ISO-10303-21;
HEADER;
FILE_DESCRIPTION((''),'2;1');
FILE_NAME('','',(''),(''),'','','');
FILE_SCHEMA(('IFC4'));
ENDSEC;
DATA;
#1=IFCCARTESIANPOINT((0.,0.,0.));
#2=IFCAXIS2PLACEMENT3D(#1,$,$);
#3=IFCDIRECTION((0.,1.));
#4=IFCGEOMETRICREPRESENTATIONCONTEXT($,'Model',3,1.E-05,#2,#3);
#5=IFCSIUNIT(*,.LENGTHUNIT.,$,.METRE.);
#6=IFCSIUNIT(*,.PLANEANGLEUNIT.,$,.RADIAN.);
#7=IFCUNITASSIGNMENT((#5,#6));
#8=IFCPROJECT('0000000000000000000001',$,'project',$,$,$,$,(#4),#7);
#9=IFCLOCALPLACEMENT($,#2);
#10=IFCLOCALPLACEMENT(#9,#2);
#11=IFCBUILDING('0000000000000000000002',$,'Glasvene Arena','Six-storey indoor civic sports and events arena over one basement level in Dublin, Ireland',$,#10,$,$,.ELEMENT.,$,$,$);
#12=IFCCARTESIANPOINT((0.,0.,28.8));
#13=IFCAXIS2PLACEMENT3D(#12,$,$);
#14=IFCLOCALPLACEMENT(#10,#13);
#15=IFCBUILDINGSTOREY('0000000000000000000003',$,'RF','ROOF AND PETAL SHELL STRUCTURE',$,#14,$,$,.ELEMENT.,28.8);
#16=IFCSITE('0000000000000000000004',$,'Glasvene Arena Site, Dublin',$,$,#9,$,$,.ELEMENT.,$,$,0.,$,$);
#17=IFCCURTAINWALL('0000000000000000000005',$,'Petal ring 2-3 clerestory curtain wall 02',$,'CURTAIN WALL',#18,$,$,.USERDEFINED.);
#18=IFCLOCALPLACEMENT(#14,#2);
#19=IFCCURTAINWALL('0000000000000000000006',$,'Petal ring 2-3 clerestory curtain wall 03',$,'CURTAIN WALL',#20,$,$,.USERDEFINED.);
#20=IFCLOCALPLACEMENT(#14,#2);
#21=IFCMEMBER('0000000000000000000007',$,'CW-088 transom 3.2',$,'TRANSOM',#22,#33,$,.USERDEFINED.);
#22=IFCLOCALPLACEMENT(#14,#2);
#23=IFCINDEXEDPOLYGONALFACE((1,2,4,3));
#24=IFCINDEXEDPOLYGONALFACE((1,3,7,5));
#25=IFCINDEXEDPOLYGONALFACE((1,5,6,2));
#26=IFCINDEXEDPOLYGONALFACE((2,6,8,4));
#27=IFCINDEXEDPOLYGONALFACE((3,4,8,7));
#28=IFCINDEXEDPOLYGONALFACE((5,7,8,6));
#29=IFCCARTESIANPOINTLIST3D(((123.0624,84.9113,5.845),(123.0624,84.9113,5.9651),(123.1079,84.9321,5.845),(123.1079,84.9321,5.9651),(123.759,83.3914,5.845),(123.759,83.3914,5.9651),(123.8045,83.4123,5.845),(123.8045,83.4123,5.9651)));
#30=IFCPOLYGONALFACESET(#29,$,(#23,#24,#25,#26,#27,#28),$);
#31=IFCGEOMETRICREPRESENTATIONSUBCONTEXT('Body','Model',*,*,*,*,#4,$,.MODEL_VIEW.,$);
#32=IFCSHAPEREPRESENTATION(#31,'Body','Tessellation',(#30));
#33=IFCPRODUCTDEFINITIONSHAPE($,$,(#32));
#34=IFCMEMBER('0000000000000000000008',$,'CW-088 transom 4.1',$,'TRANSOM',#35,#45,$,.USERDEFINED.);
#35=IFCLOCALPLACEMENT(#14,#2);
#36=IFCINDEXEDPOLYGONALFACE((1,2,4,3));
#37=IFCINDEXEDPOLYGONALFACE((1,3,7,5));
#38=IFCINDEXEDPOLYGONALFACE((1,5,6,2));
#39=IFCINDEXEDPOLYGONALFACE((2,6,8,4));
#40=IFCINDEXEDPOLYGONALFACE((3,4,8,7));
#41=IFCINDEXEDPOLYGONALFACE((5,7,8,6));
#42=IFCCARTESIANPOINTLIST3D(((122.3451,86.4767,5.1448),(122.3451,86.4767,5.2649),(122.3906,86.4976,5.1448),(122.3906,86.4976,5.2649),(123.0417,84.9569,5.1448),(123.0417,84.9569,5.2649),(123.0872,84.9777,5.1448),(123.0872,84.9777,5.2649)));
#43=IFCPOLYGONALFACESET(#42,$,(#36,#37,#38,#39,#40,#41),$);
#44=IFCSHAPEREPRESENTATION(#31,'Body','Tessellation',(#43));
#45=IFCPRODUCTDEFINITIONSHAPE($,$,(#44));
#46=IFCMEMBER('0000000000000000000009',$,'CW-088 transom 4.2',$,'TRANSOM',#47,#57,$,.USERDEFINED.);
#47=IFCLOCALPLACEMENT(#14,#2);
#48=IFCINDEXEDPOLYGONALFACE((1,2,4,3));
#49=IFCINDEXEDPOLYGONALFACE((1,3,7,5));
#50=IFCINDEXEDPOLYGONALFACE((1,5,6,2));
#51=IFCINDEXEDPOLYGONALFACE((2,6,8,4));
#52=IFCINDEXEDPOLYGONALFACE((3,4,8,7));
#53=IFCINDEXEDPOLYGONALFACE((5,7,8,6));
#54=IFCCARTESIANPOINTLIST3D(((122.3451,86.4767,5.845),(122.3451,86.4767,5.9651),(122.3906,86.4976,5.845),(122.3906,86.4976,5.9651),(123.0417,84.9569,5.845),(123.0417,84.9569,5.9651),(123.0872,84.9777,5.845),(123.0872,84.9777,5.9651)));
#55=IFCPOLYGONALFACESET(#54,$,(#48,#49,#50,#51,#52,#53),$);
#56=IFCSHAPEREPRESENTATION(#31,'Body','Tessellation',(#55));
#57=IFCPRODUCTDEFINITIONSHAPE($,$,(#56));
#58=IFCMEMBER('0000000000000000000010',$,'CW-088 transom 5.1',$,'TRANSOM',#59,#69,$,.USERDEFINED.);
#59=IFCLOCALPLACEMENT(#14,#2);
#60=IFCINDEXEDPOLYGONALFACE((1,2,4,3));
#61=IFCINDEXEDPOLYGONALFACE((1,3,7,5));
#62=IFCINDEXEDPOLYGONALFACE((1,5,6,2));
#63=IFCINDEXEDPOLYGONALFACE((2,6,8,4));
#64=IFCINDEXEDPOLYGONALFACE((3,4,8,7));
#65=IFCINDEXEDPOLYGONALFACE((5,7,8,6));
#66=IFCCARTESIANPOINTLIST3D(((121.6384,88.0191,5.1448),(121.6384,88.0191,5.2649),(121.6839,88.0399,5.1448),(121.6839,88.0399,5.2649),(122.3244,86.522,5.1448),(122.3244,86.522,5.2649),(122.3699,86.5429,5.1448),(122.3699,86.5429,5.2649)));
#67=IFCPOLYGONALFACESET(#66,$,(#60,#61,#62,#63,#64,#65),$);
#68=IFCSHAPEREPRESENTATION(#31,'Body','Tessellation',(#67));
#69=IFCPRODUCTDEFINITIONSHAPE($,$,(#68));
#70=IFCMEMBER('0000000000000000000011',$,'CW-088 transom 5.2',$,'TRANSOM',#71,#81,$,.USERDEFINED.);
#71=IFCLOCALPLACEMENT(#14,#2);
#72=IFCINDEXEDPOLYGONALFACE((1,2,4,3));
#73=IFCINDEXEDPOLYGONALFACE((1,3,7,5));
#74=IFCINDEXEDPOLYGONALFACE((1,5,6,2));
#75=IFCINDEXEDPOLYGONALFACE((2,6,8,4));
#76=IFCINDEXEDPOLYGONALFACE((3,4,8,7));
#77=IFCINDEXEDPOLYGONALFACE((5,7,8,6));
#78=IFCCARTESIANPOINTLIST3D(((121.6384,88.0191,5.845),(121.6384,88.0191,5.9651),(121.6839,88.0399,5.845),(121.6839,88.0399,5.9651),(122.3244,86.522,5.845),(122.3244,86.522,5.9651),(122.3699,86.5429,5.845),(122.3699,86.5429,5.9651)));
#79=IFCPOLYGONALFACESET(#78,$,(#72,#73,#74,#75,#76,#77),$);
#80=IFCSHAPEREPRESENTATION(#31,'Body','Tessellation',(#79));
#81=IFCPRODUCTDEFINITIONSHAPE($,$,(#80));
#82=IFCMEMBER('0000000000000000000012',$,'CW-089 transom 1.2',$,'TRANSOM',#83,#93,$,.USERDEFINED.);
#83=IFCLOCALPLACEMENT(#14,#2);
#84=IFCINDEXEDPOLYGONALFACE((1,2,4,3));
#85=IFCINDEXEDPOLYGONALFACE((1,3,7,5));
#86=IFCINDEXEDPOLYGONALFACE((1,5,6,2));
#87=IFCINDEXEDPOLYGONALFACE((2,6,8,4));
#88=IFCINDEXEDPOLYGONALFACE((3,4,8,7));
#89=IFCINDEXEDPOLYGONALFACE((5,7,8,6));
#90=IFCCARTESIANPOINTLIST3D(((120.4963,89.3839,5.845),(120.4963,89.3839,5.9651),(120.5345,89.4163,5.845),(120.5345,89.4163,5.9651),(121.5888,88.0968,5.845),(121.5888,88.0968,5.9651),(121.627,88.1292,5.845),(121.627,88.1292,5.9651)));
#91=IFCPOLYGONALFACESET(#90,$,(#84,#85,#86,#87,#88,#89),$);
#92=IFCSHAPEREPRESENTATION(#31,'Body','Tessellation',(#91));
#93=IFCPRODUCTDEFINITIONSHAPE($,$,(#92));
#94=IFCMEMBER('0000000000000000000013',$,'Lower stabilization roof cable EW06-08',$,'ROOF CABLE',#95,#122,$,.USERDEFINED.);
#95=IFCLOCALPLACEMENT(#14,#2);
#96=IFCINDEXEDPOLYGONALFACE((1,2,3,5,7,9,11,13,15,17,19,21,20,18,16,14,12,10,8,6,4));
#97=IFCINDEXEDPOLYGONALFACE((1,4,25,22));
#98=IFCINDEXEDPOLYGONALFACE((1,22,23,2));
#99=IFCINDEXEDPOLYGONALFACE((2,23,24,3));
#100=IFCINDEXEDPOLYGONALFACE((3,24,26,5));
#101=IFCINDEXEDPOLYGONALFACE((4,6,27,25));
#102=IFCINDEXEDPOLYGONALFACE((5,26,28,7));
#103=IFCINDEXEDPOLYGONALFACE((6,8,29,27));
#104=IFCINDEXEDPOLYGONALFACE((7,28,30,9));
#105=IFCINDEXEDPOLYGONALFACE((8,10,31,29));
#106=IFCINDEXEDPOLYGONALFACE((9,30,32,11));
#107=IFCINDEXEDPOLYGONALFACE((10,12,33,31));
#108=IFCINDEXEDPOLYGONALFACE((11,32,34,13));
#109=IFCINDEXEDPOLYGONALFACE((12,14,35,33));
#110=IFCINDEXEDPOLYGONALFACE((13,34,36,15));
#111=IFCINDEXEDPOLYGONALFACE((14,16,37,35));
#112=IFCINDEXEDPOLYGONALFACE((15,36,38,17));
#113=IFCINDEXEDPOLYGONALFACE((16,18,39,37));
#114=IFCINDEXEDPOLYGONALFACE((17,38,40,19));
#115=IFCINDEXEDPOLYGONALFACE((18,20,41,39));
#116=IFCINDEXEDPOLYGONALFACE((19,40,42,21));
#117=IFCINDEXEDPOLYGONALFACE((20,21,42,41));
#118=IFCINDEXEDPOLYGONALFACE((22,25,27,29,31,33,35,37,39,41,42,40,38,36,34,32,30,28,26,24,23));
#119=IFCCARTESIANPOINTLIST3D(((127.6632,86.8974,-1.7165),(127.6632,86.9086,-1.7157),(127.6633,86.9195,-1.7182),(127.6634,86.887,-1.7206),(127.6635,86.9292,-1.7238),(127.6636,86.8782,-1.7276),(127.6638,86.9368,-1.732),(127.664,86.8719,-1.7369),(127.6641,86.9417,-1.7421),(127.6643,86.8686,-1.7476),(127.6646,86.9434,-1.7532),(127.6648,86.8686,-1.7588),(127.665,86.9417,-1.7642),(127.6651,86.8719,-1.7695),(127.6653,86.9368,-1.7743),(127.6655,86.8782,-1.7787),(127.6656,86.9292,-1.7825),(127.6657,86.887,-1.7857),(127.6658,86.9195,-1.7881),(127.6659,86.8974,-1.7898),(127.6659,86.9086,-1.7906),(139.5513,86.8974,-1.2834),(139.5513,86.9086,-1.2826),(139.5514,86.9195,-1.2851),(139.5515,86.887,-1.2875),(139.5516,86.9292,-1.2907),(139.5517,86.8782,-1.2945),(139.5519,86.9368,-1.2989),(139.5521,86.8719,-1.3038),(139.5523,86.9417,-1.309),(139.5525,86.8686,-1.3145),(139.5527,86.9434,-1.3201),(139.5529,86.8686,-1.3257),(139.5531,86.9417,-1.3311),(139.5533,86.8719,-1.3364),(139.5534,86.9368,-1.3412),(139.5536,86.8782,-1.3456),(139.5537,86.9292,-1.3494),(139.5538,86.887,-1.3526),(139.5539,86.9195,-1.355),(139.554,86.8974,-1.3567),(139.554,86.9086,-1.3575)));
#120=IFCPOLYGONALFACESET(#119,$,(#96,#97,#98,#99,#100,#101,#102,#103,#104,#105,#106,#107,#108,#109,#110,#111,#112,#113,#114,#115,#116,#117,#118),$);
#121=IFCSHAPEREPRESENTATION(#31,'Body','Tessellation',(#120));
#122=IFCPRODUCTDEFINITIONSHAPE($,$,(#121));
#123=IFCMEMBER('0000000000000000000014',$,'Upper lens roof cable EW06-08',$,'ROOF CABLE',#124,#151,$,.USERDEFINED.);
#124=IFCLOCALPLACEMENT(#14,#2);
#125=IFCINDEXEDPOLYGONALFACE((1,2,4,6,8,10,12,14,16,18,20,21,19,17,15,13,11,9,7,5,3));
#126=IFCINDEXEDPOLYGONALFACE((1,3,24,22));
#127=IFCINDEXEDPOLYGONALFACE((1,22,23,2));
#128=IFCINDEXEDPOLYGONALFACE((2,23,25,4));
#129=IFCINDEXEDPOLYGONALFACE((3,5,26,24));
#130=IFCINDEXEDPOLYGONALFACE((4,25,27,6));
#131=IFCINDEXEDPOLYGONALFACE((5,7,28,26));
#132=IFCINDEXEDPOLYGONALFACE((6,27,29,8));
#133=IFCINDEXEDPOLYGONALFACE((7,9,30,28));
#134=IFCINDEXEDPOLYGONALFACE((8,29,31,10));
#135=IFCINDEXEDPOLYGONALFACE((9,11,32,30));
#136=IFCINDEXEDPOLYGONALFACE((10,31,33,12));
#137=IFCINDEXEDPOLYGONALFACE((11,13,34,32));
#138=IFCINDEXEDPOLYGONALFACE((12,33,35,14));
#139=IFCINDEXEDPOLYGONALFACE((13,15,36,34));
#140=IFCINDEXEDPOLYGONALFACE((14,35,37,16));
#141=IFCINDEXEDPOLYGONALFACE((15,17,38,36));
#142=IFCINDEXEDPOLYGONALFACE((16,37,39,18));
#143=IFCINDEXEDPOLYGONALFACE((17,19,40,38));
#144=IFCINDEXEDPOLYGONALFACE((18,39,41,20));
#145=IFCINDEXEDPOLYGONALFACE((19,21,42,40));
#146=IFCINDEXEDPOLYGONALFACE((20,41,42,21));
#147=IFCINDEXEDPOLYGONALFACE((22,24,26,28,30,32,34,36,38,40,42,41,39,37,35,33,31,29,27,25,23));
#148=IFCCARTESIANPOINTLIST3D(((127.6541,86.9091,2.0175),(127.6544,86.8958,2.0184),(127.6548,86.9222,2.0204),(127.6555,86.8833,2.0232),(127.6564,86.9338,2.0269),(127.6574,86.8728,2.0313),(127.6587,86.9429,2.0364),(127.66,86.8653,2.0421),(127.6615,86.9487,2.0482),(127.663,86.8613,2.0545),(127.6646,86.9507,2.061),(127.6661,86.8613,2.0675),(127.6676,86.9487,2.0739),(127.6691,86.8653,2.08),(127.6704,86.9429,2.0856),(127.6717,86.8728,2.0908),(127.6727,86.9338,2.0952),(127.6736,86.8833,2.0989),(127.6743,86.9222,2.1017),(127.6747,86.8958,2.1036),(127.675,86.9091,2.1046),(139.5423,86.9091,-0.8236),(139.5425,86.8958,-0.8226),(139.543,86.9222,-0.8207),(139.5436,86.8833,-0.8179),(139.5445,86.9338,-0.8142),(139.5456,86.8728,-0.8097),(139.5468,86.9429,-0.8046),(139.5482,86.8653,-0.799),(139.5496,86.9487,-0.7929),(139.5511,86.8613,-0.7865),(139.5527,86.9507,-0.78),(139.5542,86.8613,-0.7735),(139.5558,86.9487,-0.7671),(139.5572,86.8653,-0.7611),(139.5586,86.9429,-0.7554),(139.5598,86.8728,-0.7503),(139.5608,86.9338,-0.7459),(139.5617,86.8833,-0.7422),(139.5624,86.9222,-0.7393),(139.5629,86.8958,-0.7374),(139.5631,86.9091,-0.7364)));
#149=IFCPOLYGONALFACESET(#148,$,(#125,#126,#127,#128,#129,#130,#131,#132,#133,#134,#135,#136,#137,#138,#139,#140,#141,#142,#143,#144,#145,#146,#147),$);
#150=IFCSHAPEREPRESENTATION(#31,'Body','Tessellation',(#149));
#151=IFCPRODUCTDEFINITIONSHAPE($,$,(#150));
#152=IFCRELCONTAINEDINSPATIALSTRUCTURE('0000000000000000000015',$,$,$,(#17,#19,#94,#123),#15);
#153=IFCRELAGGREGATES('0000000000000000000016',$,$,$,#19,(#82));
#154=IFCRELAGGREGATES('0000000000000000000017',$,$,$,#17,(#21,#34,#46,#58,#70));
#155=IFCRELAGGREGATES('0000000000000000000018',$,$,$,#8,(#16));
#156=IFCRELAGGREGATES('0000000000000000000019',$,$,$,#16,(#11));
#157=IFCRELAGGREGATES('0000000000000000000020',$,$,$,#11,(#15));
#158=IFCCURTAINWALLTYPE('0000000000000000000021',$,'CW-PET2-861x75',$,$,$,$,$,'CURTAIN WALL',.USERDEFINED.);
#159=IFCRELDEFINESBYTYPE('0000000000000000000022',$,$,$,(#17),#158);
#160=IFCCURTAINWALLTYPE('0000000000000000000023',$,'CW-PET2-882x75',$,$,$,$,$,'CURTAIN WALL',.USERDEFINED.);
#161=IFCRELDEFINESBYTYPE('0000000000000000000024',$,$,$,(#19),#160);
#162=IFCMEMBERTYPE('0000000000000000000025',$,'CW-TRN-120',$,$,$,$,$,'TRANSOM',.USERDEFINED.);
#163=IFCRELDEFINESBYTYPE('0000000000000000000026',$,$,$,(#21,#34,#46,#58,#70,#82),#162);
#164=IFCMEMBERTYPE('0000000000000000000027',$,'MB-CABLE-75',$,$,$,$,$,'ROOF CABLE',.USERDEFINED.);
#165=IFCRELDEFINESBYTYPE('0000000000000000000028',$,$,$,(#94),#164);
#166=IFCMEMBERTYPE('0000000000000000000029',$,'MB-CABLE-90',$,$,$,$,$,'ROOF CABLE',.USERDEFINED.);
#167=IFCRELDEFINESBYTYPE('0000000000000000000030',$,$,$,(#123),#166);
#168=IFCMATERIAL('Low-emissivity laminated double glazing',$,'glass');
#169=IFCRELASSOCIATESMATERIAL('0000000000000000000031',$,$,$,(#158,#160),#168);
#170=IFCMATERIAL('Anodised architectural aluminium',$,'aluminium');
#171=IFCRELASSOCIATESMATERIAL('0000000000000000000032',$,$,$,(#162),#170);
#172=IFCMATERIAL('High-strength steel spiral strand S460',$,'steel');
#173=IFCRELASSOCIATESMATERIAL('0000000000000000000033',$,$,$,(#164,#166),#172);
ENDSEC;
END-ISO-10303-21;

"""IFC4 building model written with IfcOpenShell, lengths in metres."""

from ifc_helpers import new_model, si_unit, direction, frame, origin, origin_2d, place, context, subcontext, project, spatial, rectangle, circle, extrude, material, material_profile, profile_set, type_object, element, aggregate, save


model = new_model("IFC4")

# Units and contexts
model_context = context("Model", 3, precision=1e-05, world=origin(), true_north=direction((0.0, 1.0)))
body_context = subcontext(model_context, "Body", "Model", "MODEL_VIEW")
ifc_project = project(units=[si_unit("LENGTHUNIT", "METRE"), si_unit("PLANEANGLEUNIT", "RADIAN")], contexts=[model_context])

# Site, building, storey
site_placement = place(None, origin())
site = spatial("IfcSite", under=ifc_project, at=site_placement, Name="Glasvene Arena Site, Dublin", CompositionType="ELEMENT", RefElevation=0.0)
building_placement = place(site_placement, origin())
building = spatial("IfcBuilding", under=site, at=building_placement, Name="Glasvene Arena", Description="Six-storey indoor civic sports and events arena over one basement level in Dublin, Ireland", CompositionType="ELEMENT")
storey_placement = place(building_placement, frame((0.0, 0.0, 28.8)))
storey = spatial("IfcBuildingStorey", under=building, at=storey_placement, Name="RF", Description="ROOF AND PETAL SHELL STRUCTURE", CompositionType="ELEMENT", Elevation=28.8)

# Shared definitions
ifc_material_1 = material(Name="Low-emissivity laminated double glazing", Category="glass")
ifc_material_2 = material(Name="Anodised architectural aluminium", Category="aluminium")

# Curtain wall
curtain_wall_type_1 = type_object("IfcCurtainWallType", Name="CW-PET2-861x75", ElementType="CURTAIN WALL", PredefinedType="USERDEFINED", material=ifc_material_1)
curtain_wall_1_placement = place(storey_placement, frame((125.2268, 80.2488, 0.0)))
curtain_wall_1 = element("IfcCurtainWall", 1, at=curtain_wall_1_placement, inside=storey, type_object=curtain_wall_type_1, Name="Petal ring 2-3 clerestory curtain wall 02", ObjectType="CURTAIN WALL", PredefinedType="USERDEFINED")

# Curtain wall
curtain_wall_type_2 = type_object("IfcCurtainWallType", Name="CW-PET2-882x75", ElementType="CURTAIN WALL", PredefinedType="USERDEFINED", material=ifc_material_1)
curtain_wall_2_placement = place(storey_placement, frame((121.6404, 88.075, 0.0)))
curtain_wall_2 = element("IfcCurtainWall", 2, at=curtain_wall_2_placement, inside=storey, type_object=curtain_wall_type_2, Name="Petal ring 2-3 clerestory curtain wall 03", ObjectType="CURTAIN WALL", PredefinedType="USERDEFINED")

# Members
ifc_material_profile_1 = material_profile(ifc_material_2, rectangle(XDim=0.05, YDim=0.1201, at=origin_2d()), Name="ALU TRANSOM 50x120")
ifc_profile_set_1 = profile_set([ifc_material_profile_1], Name="Anodised architectural aluminium")
member_type_1 = type_object("IfcMemberType", Name="CW-TRN-120", ElementType="TRANSOM", PredefinedType="USERDEFINED", material=ifc_profile_set_1)
member_1_placement = place(storey_placement, frame((123.7817, 83.4019, 5.905), z_axis=(-0.41664, 0.909072, 0.0), x_axis=(-0.909072, -0.41664, 0.0)))
member_1 = element("IfcMember", 3, at=member_1_placement, type_object=member_type_1, Name="CW-088 transom 3.2", ObjectType="TRANSOM", PredefinedType="USERDEFINED", context=body_context, shape_type="SweptSolid", body=[
    extrude(rectangle(XDim=0.05, YDim=0.1201, at=origin_2d()), origin(), (0.0, 0.0, 1.0), 1.6719),
])
member_2_placement = place(storey_placement, frame((123.0645, 84.9673, 5.2048), z_axis=(-0.41664, 0.909072, 0.0), x_axis=(-0.909072, -0.41664, 0.0)))
member_2 = element("IfcMember", 4, at=member_2_placement, type_object=member_type_1, Name="CW-088 transom 4.1", ObjectType="TRANSOM", PredefinedType="USERDEFINED", context=body_context, shape_type="SweptSolid", body=[
    extrude(rectangle(XDim=0.05, YDim=0.1201, at=origin_2d()), origin(), (0.0, 0.0, 1.0), 1.6719),
])
member_3_placement = place(storey_placement, frame((123.0645, 84.9673, 5.905), z_axis=(-0.41664, 0.909072, 0.0), x_axis=(-0.909072, -0.41664, 0.0)))
member_3 = element("IfcMember", 5, at=member_3_placement, type_object=member_type_1, Name="CW-088 transom 4.2", ObjectType="TRANSOM", PredefinedType="USERDEFINED", context=body_context, shape_type="SweptSolid", body=[
    extrude(rectangle(XDim=0.05, YDim=0.1201, at=origin_2d()), origin(), (0.0, 0.0, 1.0), 1.6719),
])
member_4_placement = place(storey_placement, frame((122.3472, 86.5325, 5.2048), z_axis=(-0.416593, 0.909093, 0.0), x_axis=(-0.909093, -0.416593, 0.0)))
member_4 = element("IfcMember", 6, at=member_4_placement, type_object=member_type_1, Name="CW-088 transom 5.1", ObjectType="TRANSOM", PredefinedType="USERDEFINED", context=body_context, shape_type="SweptSolid", body=[
    extrude(rectangle(XDim=0.05, YDim=0.1201, at=origin_2d()), origin(), (0.0, 0.0, 1.0), 1.6467),
])
member_5_placement = place(storey_placement, frame((122.3472, 86.5325, 5.905), z_axis=(-0.416593, 0.909093, 0.0), x_axis=(-0.909093, -0.416593, 0.0)))
member_5 = element("IfcMember", 7, at=member_5_placement, type_object=member_type_1, Name="CW-088 transom 5.2", ObjectType="TRANSOM", PredefinedType="USERDEFINED", context=body_context, shape_type="SweptSolid", body=[
    extrude(rectangle(XDim=0.05, YDim=0.1201, at=origin_2d()), origin(), (0.0, 0.0, 1.0), 1.6467),
])
member_6_placement = place(storey_placement, frame((121.6079, 88.113, 5.905), z_axis=(-0.647128, 0.762382, 0.0), x_axis=(-0.762382, -0.647128, 0.0)))
member_6 = element("IfcMember", 8, at=member_6_placement, type_object=member_type_1, Name="CW-089 transom 1.2", ObjectType="TRANSOM", PredefinedType="USERDEFINED", context=body_context, shape_type="SweptSolid", body=[
    extrude(rectangle(XDim=0.05, YDim=0.1201, at=origin_2d()), origin(), (0.0, 0.0, 1.0), 1.6882),
])
aggregate(curtain_wall_2, [member_6])

# Members
ifc_material_3 = material(Name="High-strength steel spiral strand S460", Category="steel")
ifc_material_profile_2 = material_profile(ifc_material_3, circle(Radius=0.0376, at=origin_2d()), Name="LCSS D75")
ifc_profile_set_2 = profile_set([ifc_material_profile_2], Name="High-strength steel spiral strand S460")
member_type_2 = type_object("IfcMemberType", Name="MB-CABLE-75", ElementType="ROOF CABLE", PredefinedType="USERDEFINED", material=ifc_profile_set_2)
member_7_placement = place(storey_placement, frame((127.6646, 86.9058, -1.7532), z_axis=(0.999337, 0.0, 0.036407), x_axis=(0.0, 1.0, 0.0)))
element("IfcMember", 9, at=member_7_placement, inside=storey, type_object=member_type_2, Name="Lower stabilization roof cable EW06-08", ObjectType="ROOF CABLE", PredefinedType="USERDEFINED", context=body_context, shape_type="SweptSolid", body=[
    extrude(circle(Radius=0.0376, at=origin_2d()), origin(), (0.0, 0.0, 1.0), 11.896),
])
ifc_material_profile_3 = material_profile(ifc_material_3, circle(Radius=0.0449, at=origin_2d()), Name="LCSS D90")
ifc_profile_set_3 = profile_set([ifc_material_profile_3], Name="High-strength steel spiral strand S460")
member_type_3 = type_object("IfcMemberType", Name="MB-CABLE-90", ElementType="ROOF CABLE", PredefinedType="USERDEFINED", material=ifc_profile_set_3)
member_8_placement = place(storey_placement, frame((127.6646, 86.9058, 2.061), z_axis=(0.972611, 0.0, -0.232437), x_axis=(0.0, 1.0, 0.0)))
element("IfcMember", 10, at=member_8_placement, inside=storey, type_object=member_type_3, Name="Upper lens roof cable EW06-08", ObjectType="ROOF CABLE", PredefinedType="USERDEFINED", context=body_context, shape_type="SweptSolid", body=[
    extrude(circle(Radius=0.0449, at=origin_2d()), origin(), (0.0, 0.0, 1.0), 12.2229),
])

aggregate(curtain_wall_1, [member_1, member_2, member_3, member_4, member_5])

save(model, "model.ifc")
